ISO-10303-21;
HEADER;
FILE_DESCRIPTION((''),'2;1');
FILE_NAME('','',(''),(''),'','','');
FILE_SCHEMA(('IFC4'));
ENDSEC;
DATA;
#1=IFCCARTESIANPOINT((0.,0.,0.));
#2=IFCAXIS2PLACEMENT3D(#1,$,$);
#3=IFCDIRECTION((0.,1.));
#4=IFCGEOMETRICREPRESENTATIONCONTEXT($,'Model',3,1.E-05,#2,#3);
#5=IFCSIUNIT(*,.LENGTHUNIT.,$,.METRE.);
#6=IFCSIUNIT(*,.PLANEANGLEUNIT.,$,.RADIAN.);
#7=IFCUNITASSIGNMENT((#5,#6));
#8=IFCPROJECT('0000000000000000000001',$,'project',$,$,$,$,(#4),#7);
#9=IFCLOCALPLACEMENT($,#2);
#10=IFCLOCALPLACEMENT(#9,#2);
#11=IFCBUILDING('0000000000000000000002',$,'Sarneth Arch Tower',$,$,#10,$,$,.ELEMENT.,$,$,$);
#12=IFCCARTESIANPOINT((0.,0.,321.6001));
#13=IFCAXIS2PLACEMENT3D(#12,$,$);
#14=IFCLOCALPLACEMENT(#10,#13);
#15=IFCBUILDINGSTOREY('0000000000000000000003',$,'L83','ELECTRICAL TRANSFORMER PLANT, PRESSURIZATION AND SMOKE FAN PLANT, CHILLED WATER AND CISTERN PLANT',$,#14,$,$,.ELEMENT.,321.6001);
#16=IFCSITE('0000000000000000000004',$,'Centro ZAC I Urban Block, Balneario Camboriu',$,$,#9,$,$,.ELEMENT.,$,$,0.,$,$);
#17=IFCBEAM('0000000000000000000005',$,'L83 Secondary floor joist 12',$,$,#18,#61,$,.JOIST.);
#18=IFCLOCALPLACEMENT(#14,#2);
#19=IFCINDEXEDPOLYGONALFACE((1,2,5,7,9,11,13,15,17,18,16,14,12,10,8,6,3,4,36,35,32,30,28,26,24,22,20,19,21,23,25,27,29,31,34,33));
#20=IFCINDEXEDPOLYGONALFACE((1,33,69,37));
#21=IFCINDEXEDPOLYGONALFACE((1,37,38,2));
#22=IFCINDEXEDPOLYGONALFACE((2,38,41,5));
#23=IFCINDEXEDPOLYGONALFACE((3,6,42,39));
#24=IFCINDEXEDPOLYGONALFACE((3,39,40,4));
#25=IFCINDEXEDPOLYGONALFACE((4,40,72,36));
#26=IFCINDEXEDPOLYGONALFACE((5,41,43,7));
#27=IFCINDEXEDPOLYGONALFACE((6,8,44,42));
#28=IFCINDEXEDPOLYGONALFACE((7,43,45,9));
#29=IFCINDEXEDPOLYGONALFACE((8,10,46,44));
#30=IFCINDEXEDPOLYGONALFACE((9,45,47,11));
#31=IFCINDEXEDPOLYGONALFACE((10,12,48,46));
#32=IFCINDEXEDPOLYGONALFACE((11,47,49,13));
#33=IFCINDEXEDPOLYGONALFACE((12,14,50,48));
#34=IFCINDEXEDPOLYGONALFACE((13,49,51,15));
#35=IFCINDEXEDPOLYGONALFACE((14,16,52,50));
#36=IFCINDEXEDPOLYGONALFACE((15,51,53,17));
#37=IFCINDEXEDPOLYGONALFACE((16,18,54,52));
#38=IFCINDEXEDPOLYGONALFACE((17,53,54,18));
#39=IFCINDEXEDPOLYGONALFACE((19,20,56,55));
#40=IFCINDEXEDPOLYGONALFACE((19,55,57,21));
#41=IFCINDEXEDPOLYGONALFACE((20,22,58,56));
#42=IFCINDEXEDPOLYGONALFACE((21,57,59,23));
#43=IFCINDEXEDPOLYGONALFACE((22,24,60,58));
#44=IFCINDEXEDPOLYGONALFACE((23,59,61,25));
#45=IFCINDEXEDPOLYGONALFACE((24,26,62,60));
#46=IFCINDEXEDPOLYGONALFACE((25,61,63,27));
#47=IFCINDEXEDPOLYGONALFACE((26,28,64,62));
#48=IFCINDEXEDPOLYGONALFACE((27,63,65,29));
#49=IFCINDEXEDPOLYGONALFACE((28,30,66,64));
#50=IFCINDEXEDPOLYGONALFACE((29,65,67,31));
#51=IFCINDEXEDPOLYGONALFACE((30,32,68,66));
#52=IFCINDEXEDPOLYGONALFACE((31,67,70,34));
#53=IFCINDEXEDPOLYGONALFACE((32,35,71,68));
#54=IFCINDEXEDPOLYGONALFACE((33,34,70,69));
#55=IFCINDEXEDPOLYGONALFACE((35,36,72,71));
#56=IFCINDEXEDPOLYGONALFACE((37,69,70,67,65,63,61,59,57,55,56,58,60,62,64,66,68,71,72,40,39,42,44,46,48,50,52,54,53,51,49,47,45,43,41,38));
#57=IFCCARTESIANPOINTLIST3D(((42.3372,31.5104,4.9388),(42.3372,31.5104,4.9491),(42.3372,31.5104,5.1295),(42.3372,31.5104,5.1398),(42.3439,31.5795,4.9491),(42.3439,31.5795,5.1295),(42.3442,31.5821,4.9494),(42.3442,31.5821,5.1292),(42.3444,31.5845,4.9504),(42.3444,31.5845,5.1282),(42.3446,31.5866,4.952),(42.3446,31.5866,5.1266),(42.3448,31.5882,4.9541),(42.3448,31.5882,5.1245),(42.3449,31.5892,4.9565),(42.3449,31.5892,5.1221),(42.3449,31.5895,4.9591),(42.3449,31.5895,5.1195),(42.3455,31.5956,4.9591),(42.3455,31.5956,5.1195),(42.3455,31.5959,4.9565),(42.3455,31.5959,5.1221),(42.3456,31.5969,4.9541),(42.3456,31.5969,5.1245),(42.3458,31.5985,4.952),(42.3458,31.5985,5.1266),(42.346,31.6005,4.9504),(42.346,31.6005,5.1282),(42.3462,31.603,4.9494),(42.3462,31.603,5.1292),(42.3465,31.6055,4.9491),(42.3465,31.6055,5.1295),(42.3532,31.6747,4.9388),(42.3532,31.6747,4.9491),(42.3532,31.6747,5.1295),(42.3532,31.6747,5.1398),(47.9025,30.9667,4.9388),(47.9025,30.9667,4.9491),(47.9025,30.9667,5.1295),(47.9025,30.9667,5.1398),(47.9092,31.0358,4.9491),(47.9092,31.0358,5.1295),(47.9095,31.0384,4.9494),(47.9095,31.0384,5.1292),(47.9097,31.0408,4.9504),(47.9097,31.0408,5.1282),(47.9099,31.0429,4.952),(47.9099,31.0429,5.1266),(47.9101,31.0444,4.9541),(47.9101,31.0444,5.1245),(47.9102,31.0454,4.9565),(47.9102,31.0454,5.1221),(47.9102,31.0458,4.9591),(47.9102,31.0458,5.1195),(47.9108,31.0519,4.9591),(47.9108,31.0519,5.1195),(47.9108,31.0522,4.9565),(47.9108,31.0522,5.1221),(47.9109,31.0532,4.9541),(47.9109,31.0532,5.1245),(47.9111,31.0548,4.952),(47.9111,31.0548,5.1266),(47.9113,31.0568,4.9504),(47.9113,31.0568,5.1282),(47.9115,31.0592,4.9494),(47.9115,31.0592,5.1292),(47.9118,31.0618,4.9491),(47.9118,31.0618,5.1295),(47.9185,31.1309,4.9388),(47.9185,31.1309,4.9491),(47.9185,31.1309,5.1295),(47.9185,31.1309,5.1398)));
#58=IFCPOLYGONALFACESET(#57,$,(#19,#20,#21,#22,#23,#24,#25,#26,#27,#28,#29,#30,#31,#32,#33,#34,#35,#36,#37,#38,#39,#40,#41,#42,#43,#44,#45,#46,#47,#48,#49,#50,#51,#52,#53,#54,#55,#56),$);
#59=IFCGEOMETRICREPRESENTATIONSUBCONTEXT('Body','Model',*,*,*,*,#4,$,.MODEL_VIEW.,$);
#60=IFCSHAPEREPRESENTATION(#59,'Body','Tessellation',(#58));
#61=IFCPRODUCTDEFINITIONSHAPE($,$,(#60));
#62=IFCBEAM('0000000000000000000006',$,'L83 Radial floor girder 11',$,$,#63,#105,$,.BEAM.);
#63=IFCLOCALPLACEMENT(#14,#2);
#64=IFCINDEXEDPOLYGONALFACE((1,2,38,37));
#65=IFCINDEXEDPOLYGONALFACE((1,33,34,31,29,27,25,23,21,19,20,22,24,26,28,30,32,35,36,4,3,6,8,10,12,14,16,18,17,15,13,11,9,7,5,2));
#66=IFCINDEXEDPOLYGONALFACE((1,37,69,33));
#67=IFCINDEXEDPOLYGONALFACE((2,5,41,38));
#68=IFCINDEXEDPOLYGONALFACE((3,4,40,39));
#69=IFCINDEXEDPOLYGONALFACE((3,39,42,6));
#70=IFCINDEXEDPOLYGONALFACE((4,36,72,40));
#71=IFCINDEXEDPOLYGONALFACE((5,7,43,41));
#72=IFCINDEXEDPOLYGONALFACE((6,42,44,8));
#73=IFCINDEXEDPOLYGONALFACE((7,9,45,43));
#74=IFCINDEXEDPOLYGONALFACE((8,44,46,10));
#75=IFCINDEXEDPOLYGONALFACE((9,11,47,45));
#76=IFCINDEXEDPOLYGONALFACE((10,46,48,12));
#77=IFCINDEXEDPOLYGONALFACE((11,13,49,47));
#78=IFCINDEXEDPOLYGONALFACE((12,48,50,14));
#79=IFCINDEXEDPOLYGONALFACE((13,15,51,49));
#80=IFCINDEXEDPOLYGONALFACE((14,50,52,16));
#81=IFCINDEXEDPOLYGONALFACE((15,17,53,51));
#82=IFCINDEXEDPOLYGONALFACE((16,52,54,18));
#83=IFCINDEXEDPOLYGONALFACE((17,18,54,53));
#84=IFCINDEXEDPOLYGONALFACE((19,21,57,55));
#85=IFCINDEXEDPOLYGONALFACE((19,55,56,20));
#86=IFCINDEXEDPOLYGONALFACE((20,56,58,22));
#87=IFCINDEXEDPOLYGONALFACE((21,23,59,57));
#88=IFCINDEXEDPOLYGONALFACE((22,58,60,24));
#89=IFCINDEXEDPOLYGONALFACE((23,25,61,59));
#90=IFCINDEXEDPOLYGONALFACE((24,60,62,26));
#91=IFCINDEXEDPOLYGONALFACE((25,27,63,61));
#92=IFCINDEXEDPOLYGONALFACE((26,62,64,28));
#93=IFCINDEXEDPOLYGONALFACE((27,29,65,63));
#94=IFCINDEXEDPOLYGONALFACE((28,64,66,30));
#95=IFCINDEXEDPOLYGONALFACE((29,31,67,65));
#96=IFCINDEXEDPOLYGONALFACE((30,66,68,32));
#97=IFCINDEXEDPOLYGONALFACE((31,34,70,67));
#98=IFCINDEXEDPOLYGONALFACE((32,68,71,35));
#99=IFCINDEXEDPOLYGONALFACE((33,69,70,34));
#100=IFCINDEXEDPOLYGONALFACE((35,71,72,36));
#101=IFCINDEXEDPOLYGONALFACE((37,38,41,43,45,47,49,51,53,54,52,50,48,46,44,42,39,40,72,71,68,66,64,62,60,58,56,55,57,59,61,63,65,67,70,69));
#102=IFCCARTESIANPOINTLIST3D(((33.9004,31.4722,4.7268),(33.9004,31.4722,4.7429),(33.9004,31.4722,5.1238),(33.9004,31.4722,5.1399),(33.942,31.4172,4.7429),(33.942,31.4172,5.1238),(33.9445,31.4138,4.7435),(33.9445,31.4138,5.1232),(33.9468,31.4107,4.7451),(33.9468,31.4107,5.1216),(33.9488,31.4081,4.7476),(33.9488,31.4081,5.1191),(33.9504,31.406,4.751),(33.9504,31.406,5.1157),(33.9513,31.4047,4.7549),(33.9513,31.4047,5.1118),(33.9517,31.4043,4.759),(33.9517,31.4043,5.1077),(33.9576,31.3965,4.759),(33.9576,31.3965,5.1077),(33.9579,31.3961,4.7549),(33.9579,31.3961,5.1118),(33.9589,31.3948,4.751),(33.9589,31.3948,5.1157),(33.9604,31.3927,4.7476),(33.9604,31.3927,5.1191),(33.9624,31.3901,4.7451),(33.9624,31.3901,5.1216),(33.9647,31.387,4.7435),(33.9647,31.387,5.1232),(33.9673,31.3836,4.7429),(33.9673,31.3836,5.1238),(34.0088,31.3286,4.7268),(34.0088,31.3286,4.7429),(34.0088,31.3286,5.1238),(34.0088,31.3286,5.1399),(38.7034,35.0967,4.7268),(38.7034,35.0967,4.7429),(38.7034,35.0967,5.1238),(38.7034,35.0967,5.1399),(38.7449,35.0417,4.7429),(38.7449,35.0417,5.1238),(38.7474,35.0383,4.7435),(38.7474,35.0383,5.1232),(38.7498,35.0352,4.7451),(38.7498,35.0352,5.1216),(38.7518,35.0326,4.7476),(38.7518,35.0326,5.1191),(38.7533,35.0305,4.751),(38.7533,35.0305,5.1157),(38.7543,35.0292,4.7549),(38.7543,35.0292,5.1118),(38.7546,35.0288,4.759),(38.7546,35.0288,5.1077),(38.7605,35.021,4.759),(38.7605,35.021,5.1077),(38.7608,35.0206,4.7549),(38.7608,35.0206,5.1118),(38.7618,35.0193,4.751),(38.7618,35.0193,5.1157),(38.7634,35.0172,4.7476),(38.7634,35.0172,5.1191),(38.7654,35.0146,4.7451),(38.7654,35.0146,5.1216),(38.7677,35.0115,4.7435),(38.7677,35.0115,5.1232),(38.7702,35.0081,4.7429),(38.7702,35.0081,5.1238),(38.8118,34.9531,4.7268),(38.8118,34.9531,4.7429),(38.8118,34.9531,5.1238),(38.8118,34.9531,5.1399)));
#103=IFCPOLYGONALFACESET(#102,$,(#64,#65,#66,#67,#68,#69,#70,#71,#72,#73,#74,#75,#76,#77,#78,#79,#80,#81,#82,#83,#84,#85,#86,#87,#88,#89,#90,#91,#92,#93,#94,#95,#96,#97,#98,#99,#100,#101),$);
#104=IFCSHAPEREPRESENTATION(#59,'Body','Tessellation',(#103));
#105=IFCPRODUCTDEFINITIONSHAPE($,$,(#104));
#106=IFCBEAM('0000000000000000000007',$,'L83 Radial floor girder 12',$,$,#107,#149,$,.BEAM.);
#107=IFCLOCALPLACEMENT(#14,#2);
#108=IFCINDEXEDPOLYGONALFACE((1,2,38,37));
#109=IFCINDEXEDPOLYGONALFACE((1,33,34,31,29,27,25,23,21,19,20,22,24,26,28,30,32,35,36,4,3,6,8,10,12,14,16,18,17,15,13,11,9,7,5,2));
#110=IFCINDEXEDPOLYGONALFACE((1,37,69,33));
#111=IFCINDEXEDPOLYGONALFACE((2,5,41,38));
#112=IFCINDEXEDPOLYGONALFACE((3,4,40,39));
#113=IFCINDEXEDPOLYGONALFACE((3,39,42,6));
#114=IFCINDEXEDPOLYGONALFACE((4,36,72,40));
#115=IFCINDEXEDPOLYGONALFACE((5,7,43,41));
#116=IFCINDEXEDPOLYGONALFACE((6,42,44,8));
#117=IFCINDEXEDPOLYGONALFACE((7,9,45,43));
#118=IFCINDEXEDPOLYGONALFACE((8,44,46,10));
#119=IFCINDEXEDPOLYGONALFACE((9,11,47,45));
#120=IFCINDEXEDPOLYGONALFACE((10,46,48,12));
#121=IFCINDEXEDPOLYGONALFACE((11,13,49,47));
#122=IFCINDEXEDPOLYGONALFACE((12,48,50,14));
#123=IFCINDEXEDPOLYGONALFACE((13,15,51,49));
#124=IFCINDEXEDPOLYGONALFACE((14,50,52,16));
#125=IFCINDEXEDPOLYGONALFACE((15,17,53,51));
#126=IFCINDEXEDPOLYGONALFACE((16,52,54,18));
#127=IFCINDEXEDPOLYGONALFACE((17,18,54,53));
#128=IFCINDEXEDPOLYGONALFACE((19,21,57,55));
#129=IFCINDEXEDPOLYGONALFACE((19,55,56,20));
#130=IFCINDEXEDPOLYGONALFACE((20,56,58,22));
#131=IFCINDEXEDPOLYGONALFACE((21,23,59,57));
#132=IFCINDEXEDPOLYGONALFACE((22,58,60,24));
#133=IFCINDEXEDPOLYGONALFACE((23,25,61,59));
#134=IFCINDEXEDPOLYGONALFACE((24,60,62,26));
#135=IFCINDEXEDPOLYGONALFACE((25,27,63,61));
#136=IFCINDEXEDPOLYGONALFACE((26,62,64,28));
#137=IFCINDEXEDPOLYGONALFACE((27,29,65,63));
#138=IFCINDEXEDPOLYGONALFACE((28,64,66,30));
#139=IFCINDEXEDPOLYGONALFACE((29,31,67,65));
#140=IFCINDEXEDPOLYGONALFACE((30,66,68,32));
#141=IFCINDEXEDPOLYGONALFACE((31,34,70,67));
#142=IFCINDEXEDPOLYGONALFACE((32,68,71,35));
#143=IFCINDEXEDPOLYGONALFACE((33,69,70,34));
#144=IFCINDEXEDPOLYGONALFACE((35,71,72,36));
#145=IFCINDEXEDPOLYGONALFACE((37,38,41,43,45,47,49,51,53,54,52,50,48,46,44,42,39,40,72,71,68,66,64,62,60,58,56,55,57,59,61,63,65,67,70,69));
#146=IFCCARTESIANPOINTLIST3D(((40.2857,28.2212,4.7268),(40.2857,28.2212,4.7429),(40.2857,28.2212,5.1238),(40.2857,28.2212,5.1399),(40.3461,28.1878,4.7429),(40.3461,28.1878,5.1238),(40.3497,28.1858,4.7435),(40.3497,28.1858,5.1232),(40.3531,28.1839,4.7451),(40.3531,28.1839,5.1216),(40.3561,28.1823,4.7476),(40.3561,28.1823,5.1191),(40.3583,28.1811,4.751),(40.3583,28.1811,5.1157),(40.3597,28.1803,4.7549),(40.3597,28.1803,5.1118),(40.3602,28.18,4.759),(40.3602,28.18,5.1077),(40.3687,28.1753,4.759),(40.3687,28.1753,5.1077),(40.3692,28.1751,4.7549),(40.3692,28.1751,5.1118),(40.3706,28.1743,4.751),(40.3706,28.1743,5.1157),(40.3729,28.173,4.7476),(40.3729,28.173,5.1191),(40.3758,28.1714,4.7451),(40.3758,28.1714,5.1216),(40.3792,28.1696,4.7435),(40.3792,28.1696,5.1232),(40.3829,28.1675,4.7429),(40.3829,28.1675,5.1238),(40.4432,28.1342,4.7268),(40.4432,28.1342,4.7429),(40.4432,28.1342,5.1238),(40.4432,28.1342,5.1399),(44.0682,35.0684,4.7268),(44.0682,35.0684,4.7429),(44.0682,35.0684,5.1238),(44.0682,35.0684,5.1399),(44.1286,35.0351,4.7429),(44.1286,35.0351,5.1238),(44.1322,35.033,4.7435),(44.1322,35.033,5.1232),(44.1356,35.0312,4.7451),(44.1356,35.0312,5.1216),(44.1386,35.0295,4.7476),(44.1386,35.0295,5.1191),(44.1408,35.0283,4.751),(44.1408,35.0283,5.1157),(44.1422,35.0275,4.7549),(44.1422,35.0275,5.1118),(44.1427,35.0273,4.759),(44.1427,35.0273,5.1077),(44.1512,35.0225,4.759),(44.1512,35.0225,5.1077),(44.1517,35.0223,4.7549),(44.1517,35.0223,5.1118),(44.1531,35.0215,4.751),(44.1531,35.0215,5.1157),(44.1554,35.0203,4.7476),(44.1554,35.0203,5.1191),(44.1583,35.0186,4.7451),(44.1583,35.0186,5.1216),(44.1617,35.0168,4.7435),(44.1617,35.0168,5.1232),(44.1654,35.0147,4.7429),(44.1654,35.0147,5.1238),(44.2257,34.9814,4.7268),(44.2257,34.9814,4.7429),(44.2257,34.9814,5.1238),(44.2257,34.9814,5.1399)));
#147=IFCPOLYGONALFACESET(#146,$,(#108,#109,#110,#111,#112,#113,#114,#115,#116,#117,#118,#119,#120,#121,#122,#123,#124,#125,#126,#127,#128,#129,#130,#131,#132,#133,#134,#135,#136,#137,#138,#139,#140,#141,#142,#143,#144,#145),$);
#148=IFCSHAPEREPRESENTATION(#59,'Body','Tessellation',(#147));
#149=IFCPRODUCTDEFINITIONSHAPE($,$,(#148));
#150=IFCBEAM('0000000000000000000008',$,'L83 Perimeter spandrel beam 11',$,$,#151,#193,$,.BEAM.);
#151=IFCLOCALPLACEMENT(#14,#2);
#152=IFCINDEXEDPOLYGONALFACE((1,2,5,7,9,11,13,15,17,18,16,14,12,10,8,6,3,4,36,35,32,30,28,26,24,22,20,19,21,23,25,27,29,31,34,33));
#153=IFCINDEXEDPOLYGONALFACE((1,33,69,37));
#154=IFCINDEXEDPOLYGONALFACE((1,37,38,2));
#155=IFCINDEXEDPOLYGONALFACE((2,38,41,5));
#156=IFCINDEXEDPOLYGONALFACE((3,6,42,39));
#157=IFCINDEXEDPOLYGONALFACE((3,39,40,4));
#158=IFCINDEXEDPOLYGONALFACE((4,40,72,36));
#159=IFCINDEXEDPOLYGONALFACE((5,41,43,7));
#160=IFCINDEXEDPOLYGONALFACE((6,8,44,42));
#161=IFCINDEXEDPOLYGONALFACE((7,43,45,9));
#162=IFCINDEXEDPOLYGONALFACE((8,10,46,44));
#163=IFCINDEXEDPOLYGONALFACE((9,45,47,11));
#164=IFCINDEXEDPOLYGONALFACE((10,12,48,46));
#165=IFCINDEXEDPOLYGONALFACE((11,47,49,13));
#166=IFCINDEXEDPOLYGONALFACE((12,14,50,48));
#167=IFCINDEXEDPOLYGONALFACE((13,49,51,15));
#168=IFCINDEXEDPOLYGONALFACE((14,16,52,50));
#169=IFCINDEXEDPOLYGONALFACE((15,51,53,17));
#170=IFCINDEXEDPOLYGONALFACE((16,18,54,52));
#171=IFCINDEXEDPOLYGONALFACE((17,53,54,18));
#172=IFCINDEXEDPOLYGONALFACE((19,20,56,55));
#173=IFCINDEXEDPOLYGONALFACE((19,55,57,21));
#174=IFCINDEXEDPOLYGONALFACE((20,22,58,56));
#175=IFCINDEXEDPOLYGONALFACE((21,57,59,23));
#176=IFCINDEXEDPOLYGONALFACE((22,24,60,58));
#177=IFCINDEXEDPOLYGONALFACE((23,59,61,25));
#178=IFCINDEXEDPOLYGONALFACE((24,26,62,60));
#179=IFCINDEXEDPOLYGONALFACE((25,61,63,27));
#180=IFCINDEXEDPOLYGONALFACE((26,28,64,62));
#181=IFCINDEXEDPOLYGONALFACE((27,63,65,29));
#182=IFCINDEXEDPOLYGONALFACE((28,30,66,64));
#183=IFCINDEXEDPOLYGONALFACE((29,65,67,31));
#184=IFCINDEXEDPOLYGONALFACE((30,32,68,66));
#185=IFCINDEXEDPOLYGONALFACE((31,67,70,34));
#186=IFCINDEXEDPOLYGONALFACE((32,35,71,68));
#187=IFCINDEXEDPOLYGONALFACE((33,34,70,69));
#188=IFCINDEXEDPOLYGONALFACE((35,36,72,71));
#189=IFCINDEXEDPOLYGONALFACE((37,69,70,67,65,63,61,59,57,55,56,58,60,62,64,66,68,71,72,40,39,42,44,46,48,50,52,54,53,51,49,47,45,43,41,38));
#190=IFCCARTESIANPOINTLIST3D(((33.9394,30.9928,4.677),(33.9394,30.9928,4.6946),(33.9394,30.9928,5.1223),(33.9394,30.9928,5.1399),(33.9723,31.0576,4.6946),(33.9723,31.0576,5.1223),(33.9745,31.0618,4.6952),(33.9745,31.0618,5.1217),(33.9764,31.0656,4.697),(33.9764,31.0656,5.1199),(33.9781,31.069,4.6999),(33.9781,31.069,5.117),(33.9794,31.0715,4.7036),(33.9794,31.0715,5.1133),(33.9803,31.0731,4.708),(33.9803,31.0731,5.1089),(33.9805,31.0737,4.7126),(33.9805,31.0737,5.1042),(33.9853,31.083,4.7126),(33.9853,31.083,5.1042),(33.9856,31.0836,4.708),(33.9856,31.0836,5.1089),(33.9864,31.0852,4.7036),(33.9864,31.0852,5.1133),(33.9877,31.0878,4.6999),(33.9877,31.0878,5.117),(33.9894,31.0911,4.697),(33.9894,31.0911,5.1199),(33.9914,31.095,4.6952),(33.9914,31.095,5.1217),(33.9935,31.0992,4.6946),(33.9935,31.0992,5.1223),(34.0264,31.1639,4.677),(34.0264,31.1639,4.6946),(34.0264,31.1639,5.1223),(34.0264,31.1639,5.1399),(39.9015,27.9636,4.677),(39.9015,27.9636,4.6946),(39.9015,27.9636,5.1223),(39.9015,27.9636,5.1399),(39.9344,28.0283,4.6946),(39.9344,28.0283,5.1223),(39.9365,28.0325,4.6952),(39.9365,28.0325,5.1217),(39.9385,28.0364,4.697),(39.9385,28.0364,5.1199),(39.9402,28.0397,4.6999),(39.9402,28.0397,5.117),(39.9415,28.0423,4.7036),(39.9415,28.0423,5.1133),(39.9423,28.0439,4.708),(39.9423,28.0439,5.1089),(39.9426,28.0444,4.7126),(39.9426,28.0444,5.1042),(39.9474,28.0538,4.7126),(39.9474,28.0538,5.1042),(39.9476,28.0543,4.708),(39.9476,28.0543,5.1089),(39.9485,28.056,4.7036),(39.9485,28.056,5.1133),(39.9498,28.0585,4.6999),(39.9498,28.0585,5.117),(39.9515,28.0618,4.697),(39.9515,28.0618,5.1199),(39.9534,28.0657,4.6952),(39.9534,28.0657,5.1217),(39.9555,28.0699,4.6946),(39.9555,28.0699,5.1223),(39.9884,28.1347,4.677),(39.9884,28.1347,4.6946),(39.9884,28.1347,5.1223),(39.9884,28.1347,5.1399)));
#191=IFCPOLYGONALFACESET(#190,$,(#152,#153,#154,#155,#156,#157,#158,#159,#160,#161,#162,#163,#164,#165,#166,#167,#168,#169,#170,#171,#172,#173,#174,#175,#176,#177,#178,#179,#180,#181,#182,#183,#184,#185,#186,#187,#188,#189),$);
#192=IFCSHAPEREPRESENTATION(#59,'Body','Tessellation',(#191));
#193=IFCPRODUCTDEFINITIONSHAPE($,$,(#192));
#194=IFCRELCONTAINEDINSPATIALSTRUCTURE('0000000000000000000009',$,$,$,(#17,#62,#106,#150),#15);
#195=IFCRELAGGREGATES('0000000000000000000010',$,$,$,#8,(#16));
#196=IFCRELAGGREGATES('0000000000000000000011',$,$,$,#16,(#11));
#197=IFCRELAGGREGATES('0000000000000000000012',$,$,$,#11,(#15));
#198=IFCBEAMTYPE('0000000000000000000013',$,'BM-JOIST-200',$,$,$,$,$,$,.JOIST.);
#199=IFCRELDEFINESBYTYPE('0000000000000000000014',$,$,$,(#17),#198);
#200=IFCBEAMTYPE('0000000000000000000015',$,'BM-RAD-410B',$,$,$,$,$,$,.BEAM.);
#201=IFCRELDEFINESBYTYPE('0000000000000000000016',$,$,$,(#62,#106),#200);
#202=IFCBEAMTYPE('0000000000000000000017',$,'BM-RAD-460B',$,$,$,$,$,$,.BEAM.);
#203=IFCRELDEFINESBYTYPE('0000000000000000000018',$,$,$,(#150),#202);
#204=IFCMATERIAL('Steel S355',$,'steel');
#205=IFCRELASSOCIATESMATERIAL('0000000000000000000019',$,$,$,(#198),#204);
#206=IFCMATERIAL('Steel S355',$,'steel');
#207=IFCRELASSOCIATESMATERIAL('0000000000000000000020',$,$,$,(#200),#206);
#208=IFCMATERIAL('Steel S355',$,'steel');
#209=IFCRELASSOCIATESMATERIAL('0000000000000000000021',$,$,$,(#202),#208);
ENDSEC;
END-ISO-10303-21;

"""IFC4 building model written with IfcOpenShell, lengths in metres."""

from ifc_helpers import new_model, si_unit, direction, frame, origin, origin_2d, place, context, subcontext, project, spatial, i_section, extrude, material, material_profile, profile_set, type_object, element, save


model = new_model("IFC4")

# Units and contexts
model_context = context("Model", 3, precision=1e-05, world=origin(), true_north=direction((0.0, 1.0)))
body_context = subcontext(model_context, "Body", "Model", "MODEL_VIEW")
ifc_project = project(units=[si_unit("LENGTHUNIT", "METRE"), si_unit("PLANEANGLEUNIT", "RADIAN")], contexts=[model_context])

# Site, building, storey
site_placement = place(None, origin())
site = spatial("IfcSite", under=ifc_project, at=site_placement, Name="Centro ZAC I Urban Block, Balneario Camboriu", CompositionType="ELEMENT", RefElevation=0.0)
building_placement = place(site_placement, origin())
building = spatial("IfcBuilding", under=site, at=building_placement, Name="Sarneth Arch Tower", CompositionType="ELEMENT")
storey_placement = place(building_placement, frame((0.0, 0.0, 321.6001)))
storey = spatial("IfcBuildingStorey", under=building, at=storey_placement, Name="L83", Description="ELECTRICAL TRANSFORMER PLANT, PRESSURIZATION AND SMOKE FAN PLANT, CHILLED WATER AND CISTERN PLANT", CompositionType="ELEMENT", Elevation=321.6001)

# Beams
ifc_material_1 = material(Name="Steel S355", Category="steel")
ifc_material_profile_1 = material_profile(ifc_material_1, i_section(OverallWidth=0.165, OverallDepth=0.2009, WebThickness=0.0061, FlangeThickness=0.0103, FilletRadius=0.01, at=origin_2d()), Name="W200x35.9")
ifc_profile_set_1 = profile_set([ifc_material_profile_1], Name="Steel S355")
beam_type_1 = type_object("IfcBeamType", Name="BM-JOIST-200", PredefinedType="JOIST", material=ifc_profile_set_1)
beam_1_placement = place(storey_placement, frame((42.3452, 31.5925, 5.0393), z_axis=(0.995262, -0.097234, 0.0), x_axis=(0.097234, 0.995262, 0.0)))
element("IfcBeam", 1, at=beam_1_placement, inside=storey, type_object=beam_type_1, Name="L83 Secondary floor joist 12", PredefinedType="JOIST", context=body_context, shape_type="SweptSolid", body=[
    extrude(i_section(OverallWidth=0.165, OverallDepth=0.2009, WebThickness=0.0061, FlangeThickness=0.0103, FilletRadius=0.01, at=origin_2d()), origin(), (0.0, 0.0, 1.0), 5.5918),
])
ifc_material_2 = material(Name="Steel S355", Category="steel")
ifc_material_profile_2 = material_profile(ifc_material_2, i_section(OverallWidth=0.1799, OverallDepth=0.4131, WebThickness=0.0098, FlangeThickness=0.0161, FilletRadius=0.0161, at=origin_2d()), Name="W410x75")
ifc_profile_set_2 = profile_set([ifc_material_profile_2], Name="Steel S355")
beam_type_2 = type_object("IfcBeamType", Name="BM-RAD-410B", PredefinedType="BEAM", material=ifc_profile_set_2)
beam_2_placement = place(storey_placement, frame((38.7576, 35.0249, 4.9333), z_axis=(-0.798219, -0.602367, 0.0), x_axis=(0.602367, -0.798219, 0.0)))
element("IfcBeam", 2, at=beam_2_placement, inside=storey, type_object=beam_type_2, Name="L83 Radial floor girder 11", PredefinedType="BEAM", context=body_context, shape_type="SweptSolid", body=[
    extrude(i_section(OverallWidth=0.1799, OverallDepth=0.4131, WebThickness=0.0098, FlangeThickness=0.0161, FilletRadius=0.0161, at=origin_2d()), origin(), (0.0, 0.0, 1.0), 6.0171),
])
beam_3_placement = place(storey_placement, frame((44.147, 35.0249, 4.9333), z_axis=(-0.48354, -0.875322, 0.0), x_axis=(0.875322, -0.48354, 0.0)))
element("IfcBeam", 3, at=beam_3_placement, inside=storey, type_object=beam_type_2, Name="L83 Radial floor girder 12", PredefinedType="BEAM", context=body_context, shape_type="SweptSolid", body=[
    extrude(i_section(OverallWidth=0.1799, OverallDepth=0.4131, WebThickness=0.0098, FlangeThickness=0.0161, FilletRadius=0.0161, at=origin_2d()), origin(), (0.0, 0.0, 1.0), 7.8225),
])
ifc_material_3 = material(Name="Steel S355", Category="steel")
ifc_material_profile_3 = material_profile(ifc_material_3, i_section(OverallWidth=0.1919, OverallDepth=0.4629, WebThickness=0.0105, FlangeThickness=0.0176, FilletRadius=0.0181, at=origin_2d()), Name="W460x89")
ifc_profile_set_3 = profile_set([ifc_material_profile_3], Name="Steel S355")
beam_type_3 = type_object("IfcBeamType", Name="BM-RAD-460B", PredefinedType="BEAM", material=ifc_profile_set_3)
beam_4_placement = place(storey_placement, frame((33.9829, 31.0784, 4.9084), z_axis=(0.891525, -0.452972, 0.0), x_axis=(0.452972, 0.891525, 0.0)))
element("IfcBeam", 4, at=beam_4_placement, inside=storey, type_object=beam_type_3, Name="L83 Perimeter spandrel beam 11", PredefinedType="BEAM", context=body_context, shape_type="SweptSolid", body=[
    extrude(i_section(OverallWidth=0.1919, OverallDepth=0.4629, WebThickness=0.0105, FlangeThickness=0.0176, FilletRadius=0.0181, at=origin_2d()), origin(), (0.0, 0.0, 1.0), 6.6875),
])

save(model, "model.ifc")
